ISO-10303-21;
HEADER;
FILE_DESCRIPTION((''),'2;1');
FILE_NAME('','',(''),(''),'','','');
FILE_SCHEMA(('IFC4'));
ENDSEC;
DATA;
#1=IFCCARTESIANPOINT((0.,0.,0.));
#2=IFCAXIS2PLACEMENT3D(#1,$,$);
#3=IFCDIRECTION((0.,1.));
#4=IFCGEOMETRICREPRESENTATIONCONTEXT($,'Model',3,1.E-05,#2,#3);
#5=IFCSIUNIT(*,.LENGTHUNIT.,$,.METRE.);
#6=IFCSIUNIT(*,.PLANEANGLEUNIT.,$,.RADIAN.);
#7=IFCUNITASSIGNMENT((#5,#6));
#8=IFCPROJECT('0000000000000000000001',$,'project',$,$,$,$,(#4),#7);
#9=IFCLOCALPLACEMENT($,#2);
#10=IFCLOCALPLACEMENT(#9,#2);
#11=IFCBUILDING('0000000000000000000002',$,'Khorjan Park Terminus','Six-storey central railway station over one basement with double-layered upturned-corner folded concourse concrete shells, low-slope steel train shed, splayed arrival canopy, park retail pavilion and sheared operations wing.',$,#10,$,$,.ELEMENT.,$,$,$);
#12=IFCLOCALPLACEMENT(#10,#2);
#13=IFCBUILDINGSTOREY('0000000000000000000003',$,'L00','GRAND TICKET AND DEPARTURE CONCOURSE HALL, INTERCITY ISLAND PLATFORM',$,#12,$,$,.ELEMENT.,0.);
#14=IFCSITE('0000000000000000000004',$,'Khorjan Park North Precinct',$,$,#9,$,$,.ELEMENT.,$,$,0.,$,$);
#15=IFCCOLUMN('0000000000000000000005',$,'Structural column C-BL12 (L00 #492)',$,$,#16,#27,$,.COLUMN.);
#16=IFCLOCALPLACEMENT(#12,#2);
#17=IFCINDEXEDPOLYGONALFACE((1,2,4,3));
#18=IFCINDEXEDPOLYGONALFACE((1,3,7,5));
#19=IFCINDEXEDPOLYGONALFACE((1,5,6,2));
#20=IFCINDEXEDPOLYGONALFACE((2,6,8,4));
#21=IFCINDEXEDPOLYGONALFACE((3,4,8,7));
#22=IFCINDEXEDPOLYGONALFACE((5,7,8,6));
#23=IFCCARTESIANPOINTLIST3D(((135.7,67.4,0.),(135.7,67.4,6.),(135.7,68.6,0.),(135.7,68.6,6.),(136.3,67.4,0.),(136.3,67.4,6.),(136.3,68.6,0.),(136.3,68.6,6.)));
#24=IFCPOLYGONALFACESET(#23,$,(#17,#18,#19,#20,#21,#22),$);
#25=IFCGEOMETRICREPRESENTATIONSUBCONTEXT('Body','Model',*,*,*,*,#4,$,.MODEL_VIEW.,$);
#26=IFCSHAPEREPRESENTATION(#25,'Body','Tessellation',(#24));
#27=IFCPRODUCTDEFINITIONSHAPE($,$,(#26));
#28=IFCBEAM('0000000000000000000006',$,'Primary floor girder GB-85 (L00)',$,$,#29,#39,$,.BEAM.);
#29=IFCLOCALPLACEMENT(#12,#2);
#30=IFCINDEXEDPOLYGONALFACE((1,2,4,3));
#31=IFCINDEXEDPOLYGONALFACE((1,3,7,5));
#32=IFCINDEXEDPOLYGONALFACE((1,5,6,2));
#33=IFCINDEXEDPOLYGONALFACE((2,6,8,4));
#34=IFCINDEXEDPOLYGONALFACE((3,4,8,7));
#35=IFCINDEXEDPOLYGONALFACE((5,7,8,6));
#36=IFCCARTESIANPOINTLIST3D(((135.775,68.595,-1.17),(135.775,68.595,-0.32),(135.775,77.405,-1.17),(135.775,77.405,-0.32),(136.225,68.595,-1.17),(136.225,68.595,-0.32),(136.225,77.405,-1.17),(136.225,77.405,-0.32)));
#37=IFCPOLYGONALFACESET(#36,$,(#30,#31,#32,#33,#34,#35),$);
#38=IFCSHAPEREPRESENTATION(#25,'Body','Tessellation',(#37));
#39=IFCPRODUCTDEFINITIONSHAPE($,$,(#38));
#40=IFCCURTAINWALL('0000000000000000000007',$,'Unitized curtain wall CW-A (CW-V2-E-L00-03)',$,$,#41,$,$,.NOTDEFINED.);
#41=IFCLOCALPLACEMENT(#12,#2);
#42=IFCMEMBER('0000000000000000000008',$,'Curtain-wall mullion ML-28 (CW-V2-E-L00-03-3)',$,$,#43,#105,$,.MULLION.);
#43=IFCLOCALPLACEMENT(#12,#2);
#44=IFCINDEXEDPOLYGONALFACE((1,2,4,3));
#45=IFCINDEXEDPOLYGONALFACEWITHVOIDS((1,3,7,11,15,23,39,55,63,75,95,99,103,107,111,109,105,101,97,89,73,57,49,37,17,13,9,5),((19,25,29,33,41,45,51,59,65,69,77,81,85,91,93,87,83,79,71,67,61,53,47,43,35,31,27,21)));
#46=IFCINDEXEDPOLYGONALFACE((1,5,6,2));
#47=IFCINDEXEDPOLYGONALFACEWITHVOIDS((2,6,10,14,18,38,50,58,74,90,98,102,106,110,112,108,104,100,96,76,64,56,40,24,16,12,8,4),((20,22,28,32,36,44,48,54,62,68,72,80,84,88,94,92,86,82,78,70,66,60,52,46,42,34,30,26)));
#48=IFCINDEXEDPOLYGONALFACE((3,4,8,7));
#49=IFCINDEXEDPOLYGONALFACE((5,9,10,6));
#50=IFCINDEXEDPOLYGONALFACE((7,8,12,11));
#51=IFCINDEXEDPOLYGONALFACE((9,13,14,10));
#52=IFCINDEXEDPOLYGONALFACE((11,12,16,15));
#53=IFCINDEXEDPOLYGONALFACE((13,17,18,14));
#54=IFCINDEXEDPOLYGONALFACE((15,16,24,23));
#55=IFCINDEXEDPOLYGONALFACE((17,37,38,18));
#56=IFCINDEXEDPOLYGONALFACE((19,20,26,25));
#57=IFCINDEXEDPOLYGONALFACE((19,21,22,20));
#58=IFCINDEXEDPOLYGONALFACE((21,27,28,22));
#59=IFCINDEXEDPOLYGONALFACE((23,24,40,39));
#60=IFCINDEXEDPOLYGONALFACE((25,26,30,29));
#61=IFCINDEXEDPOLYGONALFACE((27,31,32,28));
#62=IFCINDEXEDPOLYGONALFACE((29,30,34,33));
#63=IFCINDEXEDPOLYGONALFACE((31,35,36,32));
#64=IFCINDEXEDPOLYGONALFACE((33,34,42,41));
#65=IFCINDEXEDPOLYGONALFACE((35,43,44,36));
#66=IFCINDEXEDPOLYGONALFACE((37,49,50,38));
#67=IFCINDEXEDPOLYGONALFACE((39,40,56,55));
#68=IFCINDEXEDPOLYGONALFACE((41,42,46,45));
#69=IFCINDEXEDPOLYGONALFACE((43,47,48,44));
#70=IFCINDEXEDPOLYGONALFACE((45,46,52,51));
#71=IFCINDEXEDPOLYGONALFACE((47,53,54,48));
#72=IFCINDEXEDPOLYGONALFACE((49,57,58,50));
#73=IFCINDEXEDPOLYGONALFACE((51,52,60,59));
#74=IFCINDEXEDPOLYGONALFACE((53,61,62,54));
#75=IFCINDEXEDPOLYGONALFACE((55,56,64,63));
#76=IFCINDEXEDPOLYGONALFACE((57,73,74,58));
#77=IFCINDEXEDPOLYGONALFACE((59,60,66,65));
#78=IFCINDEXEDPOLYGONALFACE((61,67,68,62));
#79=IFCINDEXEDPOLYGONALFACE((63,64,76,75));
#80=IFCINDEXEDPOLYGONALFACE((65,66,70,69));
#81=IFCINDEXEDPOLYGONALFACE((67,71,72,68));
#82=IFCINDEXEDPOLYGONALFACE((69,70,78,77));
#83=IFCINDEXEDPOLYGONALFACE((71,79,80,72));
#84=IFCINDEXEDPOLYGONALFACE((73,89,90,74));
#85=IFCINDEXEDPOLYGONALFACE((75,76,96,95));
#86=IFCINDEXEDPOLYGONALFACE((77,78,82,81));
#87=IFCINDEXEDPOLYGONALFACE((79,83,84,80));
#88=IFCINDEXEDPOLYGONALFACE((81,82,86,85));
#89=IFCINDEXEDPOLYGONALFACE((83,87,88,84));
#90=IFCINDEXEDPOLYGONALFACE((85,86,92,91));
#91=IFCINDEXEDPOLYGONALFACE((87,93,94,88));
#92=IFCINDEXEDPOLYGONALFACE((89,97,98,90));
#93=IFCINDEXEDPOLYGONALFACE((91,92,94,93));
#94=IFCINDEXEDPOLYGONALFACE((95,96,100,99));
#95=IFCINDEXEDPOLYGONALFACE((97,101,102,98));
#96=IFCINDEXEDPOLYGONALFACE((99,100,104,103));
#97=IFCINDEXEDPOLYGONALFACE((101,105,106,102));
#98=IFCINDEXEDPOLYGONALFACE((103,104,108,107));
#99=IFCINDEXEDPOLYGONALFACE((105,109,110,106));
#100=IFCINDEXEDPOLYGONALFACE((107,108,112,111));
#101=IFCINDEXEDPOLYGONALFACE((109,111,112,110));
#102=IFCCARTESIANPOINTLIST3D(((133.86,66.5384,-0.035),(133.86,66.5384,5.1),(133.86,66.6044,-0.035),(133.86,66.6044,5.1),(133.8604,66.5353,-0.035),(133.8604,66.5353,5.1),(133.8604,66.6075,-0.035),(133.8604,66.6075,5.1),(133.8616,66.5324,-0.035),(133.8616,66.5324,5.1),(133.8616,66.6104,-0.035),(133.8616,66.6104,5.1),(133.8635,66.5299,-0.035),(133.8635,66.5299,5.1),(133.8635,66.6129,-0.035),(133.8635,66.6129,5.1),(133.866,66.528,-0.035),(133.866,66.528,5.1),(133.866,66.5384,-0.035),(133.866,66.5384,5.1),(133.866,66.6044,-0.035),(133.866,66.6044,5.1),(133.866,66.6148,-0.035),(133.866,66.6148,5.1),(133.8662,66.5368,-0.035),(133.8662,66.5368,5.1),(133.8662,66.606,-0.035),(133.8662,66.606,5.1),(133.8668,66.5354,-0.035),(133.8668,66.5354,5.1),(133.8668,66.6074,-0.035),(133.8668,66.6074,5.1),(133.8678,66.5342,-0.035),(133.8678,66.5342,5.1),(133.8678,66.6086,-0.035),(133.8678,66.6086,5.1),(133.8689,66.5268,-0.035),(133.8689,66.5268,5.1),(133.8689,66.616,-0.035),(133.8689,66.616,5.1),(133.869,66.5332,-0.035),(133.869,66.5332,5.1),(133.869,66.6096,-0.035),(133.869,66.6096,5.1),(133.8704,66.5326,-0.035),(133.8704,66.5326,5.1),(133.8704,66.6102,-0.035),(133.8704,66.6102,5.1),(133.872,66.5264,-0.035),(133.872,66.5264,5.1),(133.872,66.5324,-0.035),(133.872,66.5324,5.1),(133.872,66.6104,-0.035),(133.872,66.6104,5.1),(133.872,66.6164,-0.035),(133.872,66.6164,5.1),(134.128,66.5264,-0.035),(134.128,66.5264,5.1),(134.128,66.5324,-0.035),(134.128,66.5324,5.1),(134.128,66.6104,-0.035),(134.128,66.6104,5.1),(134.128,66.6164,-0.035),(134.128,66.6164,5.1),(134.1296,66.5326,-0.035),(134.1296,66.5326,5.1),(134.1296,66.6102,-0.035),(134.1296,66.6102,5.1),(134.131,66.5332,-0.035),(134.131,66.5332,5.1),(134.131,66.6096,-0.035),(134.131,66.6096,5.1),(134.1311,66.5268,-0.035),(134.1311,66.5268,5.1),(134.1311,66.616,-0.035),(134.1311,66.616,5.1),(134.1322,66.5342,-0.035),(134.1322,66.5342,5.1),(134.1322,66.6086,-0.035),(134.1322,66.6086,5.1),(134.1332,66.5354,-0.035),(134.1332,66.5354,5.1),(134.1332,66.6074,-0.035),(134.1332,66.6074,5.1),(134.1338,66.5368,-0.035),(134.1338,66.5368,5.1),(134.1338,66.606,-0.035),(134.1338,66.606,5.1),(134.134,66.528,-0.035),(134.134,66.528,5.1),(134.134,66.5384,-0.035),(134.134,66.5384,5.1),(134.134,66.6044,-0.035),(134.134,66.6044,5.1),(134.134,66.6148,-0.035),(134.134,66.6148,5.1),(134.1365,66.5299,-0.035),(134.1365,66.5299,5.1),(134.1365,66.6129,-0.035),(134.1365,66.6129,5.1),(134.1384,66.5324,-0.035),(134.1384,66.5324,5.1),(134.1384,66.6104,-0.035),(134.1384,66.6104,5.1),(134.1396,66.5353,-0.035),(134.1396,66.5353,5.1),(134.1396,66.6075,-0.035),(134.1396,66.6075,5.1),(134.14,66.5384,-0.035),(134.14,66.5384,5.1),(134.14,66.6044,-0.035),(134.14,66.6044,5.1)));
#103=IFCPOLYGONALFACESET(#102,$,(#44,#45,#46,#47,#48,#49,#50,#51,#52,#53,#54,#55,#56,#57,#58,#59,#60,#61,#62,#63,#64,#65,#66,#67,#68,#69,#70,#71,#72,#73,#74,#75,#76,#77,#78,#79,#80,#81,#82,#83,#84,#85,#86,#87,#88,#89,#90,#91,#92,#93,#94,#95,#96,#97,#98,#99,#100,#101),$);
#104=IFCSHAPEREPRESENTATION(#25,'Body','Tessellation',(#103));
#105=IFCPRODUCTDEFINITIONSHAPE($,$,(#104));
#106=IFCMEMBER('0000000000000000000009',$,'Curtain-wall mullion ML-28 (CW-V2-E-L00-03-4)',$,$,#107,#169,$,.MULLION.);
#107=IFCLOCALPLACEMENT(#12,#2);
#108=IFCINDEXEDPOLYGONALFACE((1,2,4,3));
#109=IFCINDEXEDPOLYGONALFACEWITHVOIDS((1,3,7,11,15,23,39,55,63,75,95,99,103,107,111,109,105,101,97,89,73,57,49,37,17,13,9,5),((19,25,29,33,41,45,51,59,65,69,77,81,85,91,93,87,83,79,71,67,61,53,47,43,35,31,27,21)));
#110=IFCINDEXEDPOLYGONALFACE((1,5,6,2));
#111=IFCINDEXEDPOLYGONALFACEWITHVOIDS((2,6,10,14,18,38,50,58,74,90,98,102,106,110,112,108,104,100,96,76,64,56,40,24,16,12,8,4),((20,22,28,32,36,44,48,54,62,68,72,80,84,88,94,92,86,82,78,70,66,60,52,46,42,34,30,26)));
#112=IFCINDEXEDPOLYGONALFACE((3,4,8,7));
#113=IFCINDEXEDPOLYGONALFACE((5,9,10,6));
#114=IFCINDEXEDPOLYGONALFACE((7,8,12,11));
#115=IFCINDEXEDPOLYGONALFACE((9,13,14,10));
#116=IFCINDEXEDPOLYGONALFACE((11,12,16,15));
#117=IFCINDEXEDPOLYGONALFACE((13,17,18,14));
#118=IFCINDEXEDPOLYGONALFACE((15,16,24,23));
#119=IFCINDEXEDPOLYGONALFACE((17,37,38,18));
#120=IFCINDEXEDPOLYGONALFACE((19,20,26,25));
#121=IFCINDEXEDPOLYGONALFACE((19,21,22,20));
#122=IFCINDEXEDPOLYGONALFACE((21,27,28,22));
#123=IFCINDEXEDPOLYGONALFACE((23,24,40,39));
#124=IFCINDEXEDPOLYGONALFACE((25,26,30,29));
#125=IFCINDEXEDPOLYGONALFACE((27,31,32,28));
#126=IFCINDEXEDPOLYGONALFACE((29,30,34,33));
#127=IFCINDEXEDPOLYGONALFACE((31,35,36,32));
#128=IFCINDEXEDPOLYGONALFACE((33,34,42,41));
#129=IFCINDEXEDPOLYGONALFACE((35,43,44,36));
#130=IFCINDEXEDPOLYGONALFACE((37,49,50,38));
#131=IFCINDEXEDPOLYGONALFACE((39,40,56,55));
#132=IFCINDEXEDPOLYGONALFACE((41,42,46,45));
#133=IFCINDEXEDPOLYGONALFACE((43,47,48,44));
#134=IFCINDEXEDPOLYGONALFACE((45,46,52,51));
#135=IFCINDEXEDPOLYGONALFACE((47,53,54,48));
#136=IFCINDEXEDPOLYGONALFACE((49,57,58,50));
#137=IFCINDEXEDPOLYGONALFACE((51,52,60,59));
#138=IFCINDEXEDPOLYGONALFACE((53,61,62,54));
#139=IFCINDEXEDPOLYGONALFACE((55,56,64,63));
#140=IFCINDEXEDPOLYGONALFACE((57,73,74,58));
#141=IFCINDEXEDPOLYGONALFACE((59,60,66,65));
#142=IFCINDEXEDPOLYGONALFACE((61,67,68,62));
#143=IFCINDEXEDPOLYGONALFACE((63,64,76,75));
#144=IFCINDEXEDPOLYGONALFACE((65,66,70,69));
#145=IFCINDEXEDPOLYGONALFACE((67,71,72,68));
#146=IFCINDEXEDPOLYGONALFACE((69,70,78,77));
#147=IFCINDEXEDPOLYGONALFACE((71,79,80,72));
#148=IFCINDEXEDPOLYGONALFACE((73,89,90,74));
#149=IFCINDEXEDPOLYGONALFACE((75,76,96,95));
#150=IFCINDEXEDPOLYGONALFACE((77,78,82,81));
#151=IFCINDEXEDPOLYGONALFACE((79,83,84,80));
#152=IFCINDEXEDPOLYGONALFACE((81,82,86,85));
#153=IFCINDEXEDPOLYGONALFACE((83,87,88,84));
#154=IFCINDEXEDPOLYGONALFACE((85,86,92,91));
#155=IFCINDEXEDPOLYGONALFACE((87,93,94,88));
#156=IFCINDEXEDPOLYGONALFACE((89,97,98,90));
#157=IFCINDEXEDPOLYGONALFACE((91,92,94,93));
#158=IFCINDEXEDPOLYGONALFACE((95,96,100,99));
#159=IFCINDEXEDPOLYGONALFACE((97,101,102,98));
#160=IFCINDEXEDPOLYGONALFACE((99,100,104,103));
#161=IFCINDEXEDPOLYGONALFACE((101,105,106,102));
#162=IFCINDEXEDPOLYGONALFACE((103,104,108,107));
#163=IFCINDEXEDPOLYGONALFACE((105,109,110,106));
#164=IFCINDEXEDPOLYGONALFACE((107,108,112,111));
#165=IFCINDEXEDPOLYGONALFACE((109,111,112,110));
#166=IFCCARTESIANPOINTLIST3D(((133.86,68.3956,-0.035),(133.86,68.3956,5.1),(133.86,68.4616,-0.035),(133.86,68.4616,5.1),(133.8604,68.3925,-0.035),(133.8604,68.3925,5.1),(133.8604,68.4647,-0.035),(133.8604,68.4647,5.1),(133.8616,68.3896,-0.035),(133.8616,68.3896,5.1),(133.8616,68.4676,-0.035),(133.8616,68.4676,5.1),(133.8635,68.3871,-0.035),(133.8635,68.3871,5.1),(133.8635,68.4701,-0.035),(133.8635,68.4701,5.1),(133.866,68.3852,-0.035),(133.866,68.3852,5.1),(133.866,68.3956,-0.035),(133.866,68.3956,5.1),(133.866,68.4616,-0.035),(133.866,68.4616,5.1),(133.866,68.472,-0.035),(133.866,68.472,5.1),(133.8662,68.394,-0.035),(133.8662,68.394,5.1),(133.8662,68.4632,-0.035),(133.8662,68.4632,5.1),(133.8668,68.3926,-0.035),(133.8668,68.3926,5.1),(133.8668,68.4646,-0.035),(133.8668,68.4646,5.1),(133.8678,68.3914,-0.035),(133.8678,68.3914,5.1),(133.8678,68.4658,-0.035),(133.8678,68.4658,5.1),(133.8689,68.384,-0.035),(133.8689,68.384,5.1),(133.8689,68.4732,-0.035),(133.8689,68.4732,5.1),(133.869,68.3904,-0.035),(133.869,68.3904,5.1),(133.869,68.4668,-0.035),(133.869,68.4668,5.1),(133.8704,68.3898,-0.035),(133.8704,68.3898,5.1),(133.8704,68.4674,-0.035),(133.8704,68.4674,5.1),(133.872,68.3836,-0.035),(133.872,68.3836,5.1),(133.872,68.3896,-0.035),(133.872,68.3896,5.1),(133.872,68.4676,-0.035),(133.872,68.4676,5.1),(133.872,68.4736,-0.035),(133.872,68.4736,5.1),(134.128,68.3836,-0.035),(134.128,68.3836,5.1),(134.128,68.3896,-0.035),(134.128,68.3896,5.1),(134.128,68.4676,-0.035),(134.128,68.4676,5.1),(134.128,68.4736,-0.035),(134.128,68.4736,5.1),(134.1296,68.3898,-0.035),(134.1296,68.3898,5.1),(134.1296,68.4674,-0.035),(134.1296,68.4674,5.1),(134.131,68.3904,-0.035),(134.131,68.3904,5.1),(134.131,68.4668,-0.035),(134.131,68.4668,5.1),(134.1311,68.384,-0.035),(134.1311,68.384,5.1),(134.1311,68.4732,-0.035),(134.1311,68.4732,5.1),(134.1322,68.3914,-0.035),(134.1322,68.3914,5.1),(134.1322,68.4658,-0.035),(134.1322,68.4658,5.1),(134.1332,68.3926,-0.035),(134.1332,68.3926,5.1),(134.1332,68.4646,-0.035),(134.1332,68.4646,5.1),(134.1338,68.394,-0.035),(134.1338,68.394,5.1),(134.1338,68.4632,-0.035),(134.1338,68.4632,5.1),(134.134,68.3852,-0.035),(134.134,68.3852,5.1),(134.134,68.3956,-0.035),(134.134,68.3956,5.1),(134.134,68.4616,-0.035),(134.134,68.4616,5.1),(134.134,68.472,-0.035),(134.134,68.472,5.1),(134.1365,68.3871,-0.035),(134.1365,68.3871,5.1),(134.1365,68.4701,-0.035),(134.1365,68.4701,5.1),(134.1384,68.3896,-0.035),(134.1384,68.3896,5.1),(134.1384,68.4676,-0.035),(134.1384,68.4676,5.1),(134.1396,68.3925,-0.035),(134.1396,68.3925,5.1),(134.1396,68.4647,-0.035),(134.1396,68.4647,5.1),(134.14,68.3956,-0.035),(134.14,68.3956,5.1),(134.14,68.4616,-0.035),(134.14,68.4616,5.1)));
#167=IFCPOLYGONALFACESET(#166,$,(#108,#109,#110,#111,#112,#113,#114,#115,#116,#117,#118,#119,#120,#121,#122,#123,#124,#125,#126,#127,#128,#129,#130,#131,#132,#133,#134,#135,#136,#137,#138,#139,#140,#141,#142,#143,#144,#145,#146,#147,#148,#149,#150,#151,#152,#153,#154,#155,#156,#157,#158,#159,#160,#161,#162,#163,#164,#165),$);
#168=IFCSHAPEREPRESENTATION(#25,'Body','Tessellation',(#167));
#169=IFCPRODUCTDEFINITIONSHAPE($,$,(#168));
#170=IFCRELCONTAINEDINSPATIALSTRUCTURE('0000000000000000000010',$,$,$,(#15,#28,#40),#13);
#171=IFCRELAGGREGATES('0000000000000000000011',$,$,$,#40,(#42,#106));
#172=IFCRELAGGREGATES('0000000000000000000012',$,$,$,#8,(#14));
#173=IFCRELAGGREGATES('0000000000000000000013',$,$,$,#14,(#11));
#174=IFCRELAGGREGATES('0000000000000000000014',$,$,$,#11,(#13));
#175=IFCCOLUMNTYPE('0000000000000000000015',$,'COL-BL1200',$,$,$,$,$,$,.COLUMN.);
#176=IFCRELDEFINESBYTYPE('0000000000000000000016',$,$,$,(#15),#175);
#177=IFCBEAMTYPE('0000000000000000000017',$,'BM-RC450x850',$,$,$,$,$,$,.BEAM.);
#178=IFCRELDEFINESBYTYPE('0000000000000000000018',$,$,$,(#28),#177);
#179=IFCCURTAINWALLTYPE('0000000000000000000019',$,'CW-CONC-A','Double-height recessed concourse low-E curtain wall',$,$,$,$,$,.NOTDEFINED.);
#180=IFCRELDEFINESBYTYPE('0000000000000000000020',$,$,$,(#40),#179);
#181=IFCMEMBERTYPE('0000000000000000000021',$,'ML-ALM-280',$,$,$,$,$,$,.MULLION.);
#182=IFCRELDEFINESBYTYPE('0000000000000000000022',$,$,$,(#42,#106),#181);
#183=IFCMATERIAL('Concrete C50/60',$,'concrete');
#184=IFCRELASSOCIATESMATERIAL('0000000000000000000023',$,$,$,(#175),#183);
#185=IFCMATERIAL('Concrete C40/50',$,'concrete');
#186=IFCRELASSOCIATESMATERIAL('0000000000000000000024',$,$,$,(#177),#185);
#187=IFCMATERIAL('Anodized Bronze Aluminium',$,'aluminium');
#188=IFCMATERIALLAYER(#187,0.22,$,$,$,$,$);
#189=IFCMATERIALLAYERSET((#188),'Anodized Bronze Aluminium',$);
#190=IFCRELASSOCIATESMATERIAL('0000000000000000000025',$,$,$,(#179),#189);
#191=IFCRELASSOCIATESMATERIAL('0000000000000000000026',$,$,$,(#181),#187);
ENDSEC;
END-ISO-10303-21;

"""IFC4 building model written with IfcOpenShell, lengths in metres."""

from ifc_helpers import new_model, si_unit, direction, frame, origin, origin_2d, place, context, subcontext, project, spatial, rectangle, hollow_rectangle, extrude, material, layer, layer_set, material_profile, profile_set, type_object, element, aggregate, save


model = new_model("IFC4")

# Units and contexts
model_context = context("Model", 3, precision=1e-05, world=origin(), true_north=direction((0.0, 1.0)))
body_context = subcontext(model_context, "Body", "Model", "MODEL_VIEW")
ifc_project = project(units=[si_unit("LENGTHUNIT", "METRE"), si_unit("PLANEANGLEUNIT", "RADIAN")], contexts=[model_context])

# Site, building, storey
site_placement = place(None, origin())
site = spatial("IfcSite", under=ifc_project, at=site_placement, Name="Khorjan Park North Precinct", CompositionType="ELEMENT", RefElevation=0.0)
building_placement = place(site_placement, origin())
building = spatial("IfcBuilding", under=site, at=building_placement, Name="Khorjan Park Terminus", Description="Six-storey central railway station over one basement with double-layered upturned-corner folded concourse concrete shells, low-slope steel train shed, splayed arrival canopy, park retail pavilion and sheared operations wing.", CompositionType="ELEMENT")
storey_placement = place(building_placement, origin())
storey = spatial("IfcBuildingStorey", under=building, at=storey_placement, Name="L00", Description="GRAND TICKET AND DEPARTURE CONCOURSE HALL, INTERCITY ISLAND PLATFORM", CompositionType="ELEMENT", Elevation=0.0)

# Column
ifc_material_1 = material(Name="Concrete C50/60", Category="concrete")
ifc_material_profile_1 = material_profile(ifc_material_1, rectangle(XDim=0.6, YDim=1.2, at=origin_2d()), Name="RC 600x1200")
ifc_profile_set_1 = profile_set([ifc_material_profile_1], Name="Concrete C50/60")
column_type = type_object("IfcColumnType", Name="COL-BL1200", PredefinedType="COLUMN", material=ifc_profile_set_1)
column_placement = place(storey_placement, frame((136.0, 68.0, 0.0), z_axis=(0.0, 0.0, 1.0), x_axis=(1.0, 0.0, 0.0)))
element("IfcColumn", 1, at=column_placement, inside=storey, type_object=column_type, Name="Structural column C-BL12 (L00 #492)", PredefinedType="COLUMN", context=body_context, shape_type="SweptSolid", body=[
    extrude(rectangle(XDim=0.6, YDim=1.2, at=origin_2d()), origin(), (0.0, 0.0, 1.0), 6.0),
])

# Beam
ifc_material_2 = material(Name="Concrete C40/50", Category="concrete")
ifc_material_profile_2 = material_profile(ifc_material_2, rectangle(XDim=0.45, YDim=0.85, at=origin_2d()), Name="RC 450x850")
ifc_profile_set_2 = profile_set([ifc_material_profile_2], Name="Concrete C40/50")
beam_type = type_object("IfcBeamType", Name="BM-RC450x850", PredefinedType="BEAM", material=ifc_profile_set_2)
beam_placement = place(storey_placement, frame((136.0, 68.595, -0.745), z_axis=(0.0, 1.0, 0.0), x_axis=(-1.0, 0.0, 0.0)))
element("IfcBeam", 2, at=beam_placement, inside=storey, type_object=beam_type, Name="Primary floor girder GB-85 (L00)", PredefinedType="BEAM", context=body_context, shape_type="SweptSolid", body=[
    extrude(rectangle(XDim=0.45, YDim=0.85, at=origin_2d()), origin(), (0.0, 0.0, 1.0), 8.81),
])

# Curtain wall, members
ifc_material_3 = material(Name="Anodized Bronze Aluminium", Category="aluminium")
ifc_layer_1 = layer(ifc_material_3, 0.22)
ifc_layer_set_1 = layer_set([ifc_layer_1], Name="Anodized Bronze Aluminium")
curtain_wall_type = type_object("IfcCurtainWallType", Name="CW-CONC-A", Description="Double-height recessed concourse low-E curtain wall", PredefinedType="NOTDEFINED", material=ifc_layer_set_1)
curtain_wall_placement = place(storey_placement, origin())
curtain_wall = element("IfcCurtainWall", 3, at=curtain_wall_placement, inside=storey, type_object=curtain_wall_type, Name="Unitized curtain wall CW-A (CW-V2-E-L00-03)", PredefinedType="NOTDEFINED")
ifc_material_profile_3 = material_profile(ifc_material_3, hollow_rectangle(XDim=0.09, YDim=0.28, WallThickness=0.006, InnerFilletRadius=0.006, OuterFilletRadius=0.012, at=origin_2d()), Name="ALM 90x280x6")
ifc_profile_set_3 = profile_set([ifc_material_profile_3], Name="Anodized Bronze Aluminium")
member_type_1 = type_object("IfcMemberType", Name="ML-ALM-280", PredefinedType="MULLION", material=ifc_profile_set_3)
member_1_placement = place(storey_placement, frame((134.0, 66.5714, -0.035), z_axis=(0.0, 0.0, 1.0), x_axis=(0.0, 1.0, 0.0)))
member_1 = element("IfcMember", 4, at=member_1_placement, type_object=member_type_1, Name="Curtain-wall mullion ML-28 (CW-V2-E-L00-03-3)", PredefinedType="MULLION", context=body_context, shape_type="SweptSolid", body=[
    extrude(hollow_rectangle(XDim=0.09, YDim=0.28, WallThickness=0.006, InnerFilletRadius=0.006, OuterFilletRadius=0.012, at=origin_2d()), origin(), (0.0, 0.0, 1.0), 5.135),
])
member_2_placement = place(storey_placement, frame((134.0, 68.4286, -0.035), z_axis=(0.0, 0.0, 1.0), x_axis=(0.0, 1.0, 0.0)))
member_2 = element("IfcMember", 5, at=member_2_placement, type_object=member_type_1, Name="Curtain-wall mullion ML-28 (CW-V2-E-L00-03-4)", PredefinedType="MULLION", context=body_context, shape_type="SweptSolid", body=[
    extrude(hollow_rectangle(XDim=0.09, YDim=0.28, WallThickness=0.006, InnerFilletRadius=0.006, OuterFilletRadius=0.012, at=origin_2d()), origin(), (0.0, 0.0, 1.0), 5.135),
])
aggregate(curtain_wall, [member_1, member_2])

save(model, "model.ifc")
